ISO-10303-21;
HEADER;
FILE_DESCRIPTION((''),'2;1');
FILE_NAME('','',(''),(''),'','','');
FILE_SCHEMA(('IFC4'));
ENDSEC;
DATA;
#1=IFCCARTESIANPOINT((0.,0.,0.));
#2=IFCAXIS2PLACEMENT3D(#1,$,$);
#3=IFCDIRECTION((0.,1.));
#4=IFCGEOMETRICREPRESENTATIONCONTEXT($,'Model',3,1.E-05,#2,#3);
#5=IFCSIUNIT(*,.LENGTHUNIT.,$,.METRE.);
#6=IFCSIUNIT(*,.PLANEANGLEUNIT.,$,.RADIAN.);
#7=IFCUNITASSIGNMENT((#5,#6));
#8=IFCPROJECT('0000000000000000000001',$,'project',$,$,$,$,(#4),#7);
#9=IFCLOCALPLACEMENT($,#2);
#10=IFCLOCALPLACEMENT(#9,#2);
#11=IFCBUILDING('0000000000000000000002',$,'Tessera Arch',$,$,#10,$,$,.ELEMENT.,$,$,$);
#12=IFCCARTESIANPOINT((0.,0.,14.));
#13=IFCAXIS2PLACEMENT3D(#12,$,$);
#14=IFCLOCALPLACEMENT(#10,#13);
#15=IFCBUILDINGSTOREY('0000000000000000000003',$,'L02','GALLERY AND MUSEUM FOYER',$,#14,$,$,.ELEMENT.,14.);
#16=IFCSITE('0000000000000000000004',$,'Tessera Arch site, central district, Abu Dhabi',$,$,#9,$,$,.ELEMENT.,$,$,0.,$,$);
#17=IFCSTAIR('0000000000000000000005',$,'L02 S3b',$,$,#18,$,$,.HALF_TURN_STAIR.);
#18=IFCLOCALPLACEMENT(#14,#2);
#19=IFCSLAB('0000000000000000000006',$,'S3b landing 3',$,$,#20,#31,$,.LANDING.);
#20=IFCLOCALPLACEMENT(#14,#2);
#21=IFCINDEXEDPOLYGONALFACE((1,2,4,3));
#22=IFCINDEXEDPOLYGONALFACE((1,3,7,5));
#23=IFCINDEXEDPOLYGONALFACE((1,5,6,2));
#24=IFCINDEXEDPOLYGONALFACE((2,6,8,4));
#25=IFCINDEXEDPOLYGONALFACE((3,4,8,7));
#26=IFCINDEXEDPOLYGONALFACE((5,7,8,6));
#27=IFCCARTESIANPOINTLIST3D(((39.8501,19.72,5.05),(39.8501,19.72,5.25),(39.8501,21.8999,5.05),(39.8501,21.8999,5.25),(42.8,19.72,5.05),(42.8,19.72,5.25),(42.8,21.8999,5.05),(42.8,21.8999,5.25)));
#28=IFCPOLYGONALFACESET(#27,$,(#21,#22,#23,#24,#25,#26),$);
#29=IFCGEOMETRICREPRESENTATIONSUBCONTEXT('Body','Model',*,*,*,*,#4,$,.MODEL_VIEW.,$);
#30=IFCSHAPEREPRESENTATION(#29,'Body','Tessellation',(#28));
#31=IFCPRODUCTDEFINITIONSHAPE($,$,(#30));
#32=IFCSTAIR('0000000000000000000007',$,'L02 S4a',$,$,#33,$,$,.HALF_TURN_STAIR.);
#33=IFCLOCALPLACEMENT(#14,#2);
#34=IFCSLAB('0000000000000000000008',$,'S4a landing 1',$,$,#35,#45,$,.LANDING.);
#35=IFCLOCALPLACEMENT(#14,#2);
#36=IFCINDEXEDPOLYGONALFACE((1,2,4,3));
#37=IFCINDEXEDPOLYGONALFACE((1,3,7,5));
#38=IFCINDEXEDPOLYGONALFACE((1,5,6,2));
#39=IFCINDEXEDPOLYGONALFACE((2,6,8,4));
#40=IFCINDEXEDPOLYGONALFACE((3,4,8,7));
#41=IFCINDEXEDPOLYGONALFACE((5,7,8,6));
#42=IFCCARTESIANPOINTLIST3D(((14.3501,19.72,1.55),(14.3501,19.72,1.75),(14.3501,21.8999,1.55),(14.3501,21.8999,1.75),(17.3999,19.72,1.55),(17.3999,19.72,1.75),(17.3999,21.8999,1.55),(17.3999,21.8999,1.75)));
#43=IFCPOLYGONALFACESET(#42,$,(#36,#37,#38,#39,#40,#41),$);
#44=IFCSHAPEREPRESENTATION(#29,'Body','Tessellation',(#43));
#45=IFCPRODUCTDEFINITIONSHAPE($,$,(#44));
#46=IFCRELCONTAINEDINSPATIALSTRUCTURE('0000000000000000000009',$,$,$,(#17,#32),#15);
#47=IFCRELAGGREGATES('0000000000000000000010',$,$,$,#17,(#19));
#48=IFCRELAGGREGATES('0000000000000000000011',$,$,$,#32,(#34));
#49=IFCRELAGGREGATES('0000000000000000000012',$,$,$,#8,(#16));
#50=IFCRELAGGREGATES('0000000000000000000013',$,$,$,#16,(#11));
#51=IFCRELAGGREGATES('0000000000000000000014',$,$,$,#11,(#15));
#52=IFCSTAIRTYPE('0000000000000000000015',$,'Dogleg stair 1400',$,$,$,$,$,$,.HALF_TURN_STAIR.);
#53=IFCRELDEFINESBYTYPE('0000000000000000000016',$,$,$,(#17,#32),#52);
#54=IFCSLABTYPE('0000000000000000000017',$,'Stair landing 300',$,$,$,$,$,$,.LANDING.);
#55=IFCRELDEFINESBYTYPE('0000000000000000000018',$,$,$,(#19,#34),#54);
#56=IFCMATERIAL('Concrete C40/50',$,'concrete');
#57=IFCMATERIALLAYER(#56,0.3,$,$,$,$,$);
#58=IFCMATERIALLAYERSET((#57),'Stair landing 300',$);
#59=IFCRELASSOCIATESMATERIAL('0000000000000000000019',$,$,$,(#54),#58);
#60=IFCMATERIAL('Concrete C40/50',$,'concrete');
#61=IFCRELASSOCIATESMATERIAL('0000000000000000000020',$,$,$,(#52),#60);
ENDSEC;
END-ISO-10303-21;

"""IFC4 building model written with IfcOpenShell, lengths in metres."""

from ifc_helpers import new_model, si_unit, direction, frame, origin, place, context, subcontext, project, spatial, polyline, outline, extrude, material, layer, layer_set, type_object, element, aggregate, save


model = new_model("IFC4")

# Units and contexts
model_context = context("Model", 3, precision=1e-05, world=origin(), true_north=direction((0.0, 1.0)))
body_context = subcontext(model_context, "Body", "Model", "MODEL_VIEW")
ifc_project = project(units=[si_unit("LENGTHUNIT", "METRE"), si_unit("PLANEANGLEUNIT", "RADIAN")], contexts=[model_context])

# Site, building, storey
site_placement = place(None, origin())
site = spatial("IfcSite", under=ifc_project, at=site_placement, Name="Tessera Arch site, central district, Abu Dhabi", CompositionType="ELEMENT", RefElevation=0.0)
building_placement = place(site_placement, origin())
building = spatial("IfcBuilding", under=site, at=building_placement, Name="Tessera Arch", CompositionType="ELEMENT")
storey_placement = place(building_placement, frame((0.0, 0.0, 14.0)))
storey = spatial("IfcBuildingStorey", under=building, at=storey_placement, Name="L02", Description="GALLERY AND MUSEUM FOYER", CompositionType="ELEMENT", Elevation=14.0)

# Shared definitions
ifc_material_1 = material(Name="Concrete C40/50", Category="concrete")
ifc_layer = layer(ifc_material_1, 0.3)
ifc_layer_set = layer_set([ifc_layer], Name="Stair landing 300")
slab_type = type_object("IfcSlabType", Name="Stair landing 300", PredefinedType="LANDING", material=ifc_layer_set)

# Stair, slab
ifc_material_2 = material(Name="Concrete C40/50", Category="concrete")
stair_type_1 = type_object("IfcStairType", Name="Dogleg stair 1400", PredefinedType="HALF_TURN_STAIR", material=ifc_material_2)
stair_1_placement = place(storey_placement, origin())
stair_1 = element("IfcStair", 1, at=stair_1_placement, inside=storey, type_object=stair_type_1, Name="L02 S3b", PredefinedType="HALF_TURN_STAIR")
slab_1_placement = place(storey_placement, frame((0.0, 0.0, 5.05)))
slab_1 = element("IfcSlab", 2, at=slab_1_placement, type_object=slab_type, Name="S3b landing 3", PredefinedType="LANDING", context=body_context, shape_type="SweptSolid", body=[
    extrude(outline(polyline([(42.8, 19.72), (42.8, 21.8999), (39.8501, 21.8999), (39.8501, 19.72), (42.8, 19.72)])), origin(), (0.0, 0.0, 1.0), 0.2),
])
aggregate(stair_1, [slab_1])

# Stair, slab
stair_2_placement = place(storey_placement, origin())
stair_2 = element("IfcStair", 3, at=stair_2_placement, inside=storey, type_object=stair_type_1, Name="L02 S4a", PredefinedType="HALF_TURN_STAIR")
slab_2_placement = place(storey_placement, frame((0.0, 0.0, 1.55)))
slab_2 = element("IfcSlab", 4, at=slab_2_placement, type_object=slab_type, Name="S4a landing 1", PredefinedType="LANDING", context=body_context, shape_type="SweptSolid", body=[
    extrude(outline(polyline([(17.3999, 19.72), (17.3999, 21.8999), (14.3501, 21.8999), (14.3501, 19.72), (17.3999, 19.72)])), origin(), (0.0, 0.0, 1.0), 0.2),
])
aggregate(stair_2, [slab_2])

save(model, "model.ifc")
